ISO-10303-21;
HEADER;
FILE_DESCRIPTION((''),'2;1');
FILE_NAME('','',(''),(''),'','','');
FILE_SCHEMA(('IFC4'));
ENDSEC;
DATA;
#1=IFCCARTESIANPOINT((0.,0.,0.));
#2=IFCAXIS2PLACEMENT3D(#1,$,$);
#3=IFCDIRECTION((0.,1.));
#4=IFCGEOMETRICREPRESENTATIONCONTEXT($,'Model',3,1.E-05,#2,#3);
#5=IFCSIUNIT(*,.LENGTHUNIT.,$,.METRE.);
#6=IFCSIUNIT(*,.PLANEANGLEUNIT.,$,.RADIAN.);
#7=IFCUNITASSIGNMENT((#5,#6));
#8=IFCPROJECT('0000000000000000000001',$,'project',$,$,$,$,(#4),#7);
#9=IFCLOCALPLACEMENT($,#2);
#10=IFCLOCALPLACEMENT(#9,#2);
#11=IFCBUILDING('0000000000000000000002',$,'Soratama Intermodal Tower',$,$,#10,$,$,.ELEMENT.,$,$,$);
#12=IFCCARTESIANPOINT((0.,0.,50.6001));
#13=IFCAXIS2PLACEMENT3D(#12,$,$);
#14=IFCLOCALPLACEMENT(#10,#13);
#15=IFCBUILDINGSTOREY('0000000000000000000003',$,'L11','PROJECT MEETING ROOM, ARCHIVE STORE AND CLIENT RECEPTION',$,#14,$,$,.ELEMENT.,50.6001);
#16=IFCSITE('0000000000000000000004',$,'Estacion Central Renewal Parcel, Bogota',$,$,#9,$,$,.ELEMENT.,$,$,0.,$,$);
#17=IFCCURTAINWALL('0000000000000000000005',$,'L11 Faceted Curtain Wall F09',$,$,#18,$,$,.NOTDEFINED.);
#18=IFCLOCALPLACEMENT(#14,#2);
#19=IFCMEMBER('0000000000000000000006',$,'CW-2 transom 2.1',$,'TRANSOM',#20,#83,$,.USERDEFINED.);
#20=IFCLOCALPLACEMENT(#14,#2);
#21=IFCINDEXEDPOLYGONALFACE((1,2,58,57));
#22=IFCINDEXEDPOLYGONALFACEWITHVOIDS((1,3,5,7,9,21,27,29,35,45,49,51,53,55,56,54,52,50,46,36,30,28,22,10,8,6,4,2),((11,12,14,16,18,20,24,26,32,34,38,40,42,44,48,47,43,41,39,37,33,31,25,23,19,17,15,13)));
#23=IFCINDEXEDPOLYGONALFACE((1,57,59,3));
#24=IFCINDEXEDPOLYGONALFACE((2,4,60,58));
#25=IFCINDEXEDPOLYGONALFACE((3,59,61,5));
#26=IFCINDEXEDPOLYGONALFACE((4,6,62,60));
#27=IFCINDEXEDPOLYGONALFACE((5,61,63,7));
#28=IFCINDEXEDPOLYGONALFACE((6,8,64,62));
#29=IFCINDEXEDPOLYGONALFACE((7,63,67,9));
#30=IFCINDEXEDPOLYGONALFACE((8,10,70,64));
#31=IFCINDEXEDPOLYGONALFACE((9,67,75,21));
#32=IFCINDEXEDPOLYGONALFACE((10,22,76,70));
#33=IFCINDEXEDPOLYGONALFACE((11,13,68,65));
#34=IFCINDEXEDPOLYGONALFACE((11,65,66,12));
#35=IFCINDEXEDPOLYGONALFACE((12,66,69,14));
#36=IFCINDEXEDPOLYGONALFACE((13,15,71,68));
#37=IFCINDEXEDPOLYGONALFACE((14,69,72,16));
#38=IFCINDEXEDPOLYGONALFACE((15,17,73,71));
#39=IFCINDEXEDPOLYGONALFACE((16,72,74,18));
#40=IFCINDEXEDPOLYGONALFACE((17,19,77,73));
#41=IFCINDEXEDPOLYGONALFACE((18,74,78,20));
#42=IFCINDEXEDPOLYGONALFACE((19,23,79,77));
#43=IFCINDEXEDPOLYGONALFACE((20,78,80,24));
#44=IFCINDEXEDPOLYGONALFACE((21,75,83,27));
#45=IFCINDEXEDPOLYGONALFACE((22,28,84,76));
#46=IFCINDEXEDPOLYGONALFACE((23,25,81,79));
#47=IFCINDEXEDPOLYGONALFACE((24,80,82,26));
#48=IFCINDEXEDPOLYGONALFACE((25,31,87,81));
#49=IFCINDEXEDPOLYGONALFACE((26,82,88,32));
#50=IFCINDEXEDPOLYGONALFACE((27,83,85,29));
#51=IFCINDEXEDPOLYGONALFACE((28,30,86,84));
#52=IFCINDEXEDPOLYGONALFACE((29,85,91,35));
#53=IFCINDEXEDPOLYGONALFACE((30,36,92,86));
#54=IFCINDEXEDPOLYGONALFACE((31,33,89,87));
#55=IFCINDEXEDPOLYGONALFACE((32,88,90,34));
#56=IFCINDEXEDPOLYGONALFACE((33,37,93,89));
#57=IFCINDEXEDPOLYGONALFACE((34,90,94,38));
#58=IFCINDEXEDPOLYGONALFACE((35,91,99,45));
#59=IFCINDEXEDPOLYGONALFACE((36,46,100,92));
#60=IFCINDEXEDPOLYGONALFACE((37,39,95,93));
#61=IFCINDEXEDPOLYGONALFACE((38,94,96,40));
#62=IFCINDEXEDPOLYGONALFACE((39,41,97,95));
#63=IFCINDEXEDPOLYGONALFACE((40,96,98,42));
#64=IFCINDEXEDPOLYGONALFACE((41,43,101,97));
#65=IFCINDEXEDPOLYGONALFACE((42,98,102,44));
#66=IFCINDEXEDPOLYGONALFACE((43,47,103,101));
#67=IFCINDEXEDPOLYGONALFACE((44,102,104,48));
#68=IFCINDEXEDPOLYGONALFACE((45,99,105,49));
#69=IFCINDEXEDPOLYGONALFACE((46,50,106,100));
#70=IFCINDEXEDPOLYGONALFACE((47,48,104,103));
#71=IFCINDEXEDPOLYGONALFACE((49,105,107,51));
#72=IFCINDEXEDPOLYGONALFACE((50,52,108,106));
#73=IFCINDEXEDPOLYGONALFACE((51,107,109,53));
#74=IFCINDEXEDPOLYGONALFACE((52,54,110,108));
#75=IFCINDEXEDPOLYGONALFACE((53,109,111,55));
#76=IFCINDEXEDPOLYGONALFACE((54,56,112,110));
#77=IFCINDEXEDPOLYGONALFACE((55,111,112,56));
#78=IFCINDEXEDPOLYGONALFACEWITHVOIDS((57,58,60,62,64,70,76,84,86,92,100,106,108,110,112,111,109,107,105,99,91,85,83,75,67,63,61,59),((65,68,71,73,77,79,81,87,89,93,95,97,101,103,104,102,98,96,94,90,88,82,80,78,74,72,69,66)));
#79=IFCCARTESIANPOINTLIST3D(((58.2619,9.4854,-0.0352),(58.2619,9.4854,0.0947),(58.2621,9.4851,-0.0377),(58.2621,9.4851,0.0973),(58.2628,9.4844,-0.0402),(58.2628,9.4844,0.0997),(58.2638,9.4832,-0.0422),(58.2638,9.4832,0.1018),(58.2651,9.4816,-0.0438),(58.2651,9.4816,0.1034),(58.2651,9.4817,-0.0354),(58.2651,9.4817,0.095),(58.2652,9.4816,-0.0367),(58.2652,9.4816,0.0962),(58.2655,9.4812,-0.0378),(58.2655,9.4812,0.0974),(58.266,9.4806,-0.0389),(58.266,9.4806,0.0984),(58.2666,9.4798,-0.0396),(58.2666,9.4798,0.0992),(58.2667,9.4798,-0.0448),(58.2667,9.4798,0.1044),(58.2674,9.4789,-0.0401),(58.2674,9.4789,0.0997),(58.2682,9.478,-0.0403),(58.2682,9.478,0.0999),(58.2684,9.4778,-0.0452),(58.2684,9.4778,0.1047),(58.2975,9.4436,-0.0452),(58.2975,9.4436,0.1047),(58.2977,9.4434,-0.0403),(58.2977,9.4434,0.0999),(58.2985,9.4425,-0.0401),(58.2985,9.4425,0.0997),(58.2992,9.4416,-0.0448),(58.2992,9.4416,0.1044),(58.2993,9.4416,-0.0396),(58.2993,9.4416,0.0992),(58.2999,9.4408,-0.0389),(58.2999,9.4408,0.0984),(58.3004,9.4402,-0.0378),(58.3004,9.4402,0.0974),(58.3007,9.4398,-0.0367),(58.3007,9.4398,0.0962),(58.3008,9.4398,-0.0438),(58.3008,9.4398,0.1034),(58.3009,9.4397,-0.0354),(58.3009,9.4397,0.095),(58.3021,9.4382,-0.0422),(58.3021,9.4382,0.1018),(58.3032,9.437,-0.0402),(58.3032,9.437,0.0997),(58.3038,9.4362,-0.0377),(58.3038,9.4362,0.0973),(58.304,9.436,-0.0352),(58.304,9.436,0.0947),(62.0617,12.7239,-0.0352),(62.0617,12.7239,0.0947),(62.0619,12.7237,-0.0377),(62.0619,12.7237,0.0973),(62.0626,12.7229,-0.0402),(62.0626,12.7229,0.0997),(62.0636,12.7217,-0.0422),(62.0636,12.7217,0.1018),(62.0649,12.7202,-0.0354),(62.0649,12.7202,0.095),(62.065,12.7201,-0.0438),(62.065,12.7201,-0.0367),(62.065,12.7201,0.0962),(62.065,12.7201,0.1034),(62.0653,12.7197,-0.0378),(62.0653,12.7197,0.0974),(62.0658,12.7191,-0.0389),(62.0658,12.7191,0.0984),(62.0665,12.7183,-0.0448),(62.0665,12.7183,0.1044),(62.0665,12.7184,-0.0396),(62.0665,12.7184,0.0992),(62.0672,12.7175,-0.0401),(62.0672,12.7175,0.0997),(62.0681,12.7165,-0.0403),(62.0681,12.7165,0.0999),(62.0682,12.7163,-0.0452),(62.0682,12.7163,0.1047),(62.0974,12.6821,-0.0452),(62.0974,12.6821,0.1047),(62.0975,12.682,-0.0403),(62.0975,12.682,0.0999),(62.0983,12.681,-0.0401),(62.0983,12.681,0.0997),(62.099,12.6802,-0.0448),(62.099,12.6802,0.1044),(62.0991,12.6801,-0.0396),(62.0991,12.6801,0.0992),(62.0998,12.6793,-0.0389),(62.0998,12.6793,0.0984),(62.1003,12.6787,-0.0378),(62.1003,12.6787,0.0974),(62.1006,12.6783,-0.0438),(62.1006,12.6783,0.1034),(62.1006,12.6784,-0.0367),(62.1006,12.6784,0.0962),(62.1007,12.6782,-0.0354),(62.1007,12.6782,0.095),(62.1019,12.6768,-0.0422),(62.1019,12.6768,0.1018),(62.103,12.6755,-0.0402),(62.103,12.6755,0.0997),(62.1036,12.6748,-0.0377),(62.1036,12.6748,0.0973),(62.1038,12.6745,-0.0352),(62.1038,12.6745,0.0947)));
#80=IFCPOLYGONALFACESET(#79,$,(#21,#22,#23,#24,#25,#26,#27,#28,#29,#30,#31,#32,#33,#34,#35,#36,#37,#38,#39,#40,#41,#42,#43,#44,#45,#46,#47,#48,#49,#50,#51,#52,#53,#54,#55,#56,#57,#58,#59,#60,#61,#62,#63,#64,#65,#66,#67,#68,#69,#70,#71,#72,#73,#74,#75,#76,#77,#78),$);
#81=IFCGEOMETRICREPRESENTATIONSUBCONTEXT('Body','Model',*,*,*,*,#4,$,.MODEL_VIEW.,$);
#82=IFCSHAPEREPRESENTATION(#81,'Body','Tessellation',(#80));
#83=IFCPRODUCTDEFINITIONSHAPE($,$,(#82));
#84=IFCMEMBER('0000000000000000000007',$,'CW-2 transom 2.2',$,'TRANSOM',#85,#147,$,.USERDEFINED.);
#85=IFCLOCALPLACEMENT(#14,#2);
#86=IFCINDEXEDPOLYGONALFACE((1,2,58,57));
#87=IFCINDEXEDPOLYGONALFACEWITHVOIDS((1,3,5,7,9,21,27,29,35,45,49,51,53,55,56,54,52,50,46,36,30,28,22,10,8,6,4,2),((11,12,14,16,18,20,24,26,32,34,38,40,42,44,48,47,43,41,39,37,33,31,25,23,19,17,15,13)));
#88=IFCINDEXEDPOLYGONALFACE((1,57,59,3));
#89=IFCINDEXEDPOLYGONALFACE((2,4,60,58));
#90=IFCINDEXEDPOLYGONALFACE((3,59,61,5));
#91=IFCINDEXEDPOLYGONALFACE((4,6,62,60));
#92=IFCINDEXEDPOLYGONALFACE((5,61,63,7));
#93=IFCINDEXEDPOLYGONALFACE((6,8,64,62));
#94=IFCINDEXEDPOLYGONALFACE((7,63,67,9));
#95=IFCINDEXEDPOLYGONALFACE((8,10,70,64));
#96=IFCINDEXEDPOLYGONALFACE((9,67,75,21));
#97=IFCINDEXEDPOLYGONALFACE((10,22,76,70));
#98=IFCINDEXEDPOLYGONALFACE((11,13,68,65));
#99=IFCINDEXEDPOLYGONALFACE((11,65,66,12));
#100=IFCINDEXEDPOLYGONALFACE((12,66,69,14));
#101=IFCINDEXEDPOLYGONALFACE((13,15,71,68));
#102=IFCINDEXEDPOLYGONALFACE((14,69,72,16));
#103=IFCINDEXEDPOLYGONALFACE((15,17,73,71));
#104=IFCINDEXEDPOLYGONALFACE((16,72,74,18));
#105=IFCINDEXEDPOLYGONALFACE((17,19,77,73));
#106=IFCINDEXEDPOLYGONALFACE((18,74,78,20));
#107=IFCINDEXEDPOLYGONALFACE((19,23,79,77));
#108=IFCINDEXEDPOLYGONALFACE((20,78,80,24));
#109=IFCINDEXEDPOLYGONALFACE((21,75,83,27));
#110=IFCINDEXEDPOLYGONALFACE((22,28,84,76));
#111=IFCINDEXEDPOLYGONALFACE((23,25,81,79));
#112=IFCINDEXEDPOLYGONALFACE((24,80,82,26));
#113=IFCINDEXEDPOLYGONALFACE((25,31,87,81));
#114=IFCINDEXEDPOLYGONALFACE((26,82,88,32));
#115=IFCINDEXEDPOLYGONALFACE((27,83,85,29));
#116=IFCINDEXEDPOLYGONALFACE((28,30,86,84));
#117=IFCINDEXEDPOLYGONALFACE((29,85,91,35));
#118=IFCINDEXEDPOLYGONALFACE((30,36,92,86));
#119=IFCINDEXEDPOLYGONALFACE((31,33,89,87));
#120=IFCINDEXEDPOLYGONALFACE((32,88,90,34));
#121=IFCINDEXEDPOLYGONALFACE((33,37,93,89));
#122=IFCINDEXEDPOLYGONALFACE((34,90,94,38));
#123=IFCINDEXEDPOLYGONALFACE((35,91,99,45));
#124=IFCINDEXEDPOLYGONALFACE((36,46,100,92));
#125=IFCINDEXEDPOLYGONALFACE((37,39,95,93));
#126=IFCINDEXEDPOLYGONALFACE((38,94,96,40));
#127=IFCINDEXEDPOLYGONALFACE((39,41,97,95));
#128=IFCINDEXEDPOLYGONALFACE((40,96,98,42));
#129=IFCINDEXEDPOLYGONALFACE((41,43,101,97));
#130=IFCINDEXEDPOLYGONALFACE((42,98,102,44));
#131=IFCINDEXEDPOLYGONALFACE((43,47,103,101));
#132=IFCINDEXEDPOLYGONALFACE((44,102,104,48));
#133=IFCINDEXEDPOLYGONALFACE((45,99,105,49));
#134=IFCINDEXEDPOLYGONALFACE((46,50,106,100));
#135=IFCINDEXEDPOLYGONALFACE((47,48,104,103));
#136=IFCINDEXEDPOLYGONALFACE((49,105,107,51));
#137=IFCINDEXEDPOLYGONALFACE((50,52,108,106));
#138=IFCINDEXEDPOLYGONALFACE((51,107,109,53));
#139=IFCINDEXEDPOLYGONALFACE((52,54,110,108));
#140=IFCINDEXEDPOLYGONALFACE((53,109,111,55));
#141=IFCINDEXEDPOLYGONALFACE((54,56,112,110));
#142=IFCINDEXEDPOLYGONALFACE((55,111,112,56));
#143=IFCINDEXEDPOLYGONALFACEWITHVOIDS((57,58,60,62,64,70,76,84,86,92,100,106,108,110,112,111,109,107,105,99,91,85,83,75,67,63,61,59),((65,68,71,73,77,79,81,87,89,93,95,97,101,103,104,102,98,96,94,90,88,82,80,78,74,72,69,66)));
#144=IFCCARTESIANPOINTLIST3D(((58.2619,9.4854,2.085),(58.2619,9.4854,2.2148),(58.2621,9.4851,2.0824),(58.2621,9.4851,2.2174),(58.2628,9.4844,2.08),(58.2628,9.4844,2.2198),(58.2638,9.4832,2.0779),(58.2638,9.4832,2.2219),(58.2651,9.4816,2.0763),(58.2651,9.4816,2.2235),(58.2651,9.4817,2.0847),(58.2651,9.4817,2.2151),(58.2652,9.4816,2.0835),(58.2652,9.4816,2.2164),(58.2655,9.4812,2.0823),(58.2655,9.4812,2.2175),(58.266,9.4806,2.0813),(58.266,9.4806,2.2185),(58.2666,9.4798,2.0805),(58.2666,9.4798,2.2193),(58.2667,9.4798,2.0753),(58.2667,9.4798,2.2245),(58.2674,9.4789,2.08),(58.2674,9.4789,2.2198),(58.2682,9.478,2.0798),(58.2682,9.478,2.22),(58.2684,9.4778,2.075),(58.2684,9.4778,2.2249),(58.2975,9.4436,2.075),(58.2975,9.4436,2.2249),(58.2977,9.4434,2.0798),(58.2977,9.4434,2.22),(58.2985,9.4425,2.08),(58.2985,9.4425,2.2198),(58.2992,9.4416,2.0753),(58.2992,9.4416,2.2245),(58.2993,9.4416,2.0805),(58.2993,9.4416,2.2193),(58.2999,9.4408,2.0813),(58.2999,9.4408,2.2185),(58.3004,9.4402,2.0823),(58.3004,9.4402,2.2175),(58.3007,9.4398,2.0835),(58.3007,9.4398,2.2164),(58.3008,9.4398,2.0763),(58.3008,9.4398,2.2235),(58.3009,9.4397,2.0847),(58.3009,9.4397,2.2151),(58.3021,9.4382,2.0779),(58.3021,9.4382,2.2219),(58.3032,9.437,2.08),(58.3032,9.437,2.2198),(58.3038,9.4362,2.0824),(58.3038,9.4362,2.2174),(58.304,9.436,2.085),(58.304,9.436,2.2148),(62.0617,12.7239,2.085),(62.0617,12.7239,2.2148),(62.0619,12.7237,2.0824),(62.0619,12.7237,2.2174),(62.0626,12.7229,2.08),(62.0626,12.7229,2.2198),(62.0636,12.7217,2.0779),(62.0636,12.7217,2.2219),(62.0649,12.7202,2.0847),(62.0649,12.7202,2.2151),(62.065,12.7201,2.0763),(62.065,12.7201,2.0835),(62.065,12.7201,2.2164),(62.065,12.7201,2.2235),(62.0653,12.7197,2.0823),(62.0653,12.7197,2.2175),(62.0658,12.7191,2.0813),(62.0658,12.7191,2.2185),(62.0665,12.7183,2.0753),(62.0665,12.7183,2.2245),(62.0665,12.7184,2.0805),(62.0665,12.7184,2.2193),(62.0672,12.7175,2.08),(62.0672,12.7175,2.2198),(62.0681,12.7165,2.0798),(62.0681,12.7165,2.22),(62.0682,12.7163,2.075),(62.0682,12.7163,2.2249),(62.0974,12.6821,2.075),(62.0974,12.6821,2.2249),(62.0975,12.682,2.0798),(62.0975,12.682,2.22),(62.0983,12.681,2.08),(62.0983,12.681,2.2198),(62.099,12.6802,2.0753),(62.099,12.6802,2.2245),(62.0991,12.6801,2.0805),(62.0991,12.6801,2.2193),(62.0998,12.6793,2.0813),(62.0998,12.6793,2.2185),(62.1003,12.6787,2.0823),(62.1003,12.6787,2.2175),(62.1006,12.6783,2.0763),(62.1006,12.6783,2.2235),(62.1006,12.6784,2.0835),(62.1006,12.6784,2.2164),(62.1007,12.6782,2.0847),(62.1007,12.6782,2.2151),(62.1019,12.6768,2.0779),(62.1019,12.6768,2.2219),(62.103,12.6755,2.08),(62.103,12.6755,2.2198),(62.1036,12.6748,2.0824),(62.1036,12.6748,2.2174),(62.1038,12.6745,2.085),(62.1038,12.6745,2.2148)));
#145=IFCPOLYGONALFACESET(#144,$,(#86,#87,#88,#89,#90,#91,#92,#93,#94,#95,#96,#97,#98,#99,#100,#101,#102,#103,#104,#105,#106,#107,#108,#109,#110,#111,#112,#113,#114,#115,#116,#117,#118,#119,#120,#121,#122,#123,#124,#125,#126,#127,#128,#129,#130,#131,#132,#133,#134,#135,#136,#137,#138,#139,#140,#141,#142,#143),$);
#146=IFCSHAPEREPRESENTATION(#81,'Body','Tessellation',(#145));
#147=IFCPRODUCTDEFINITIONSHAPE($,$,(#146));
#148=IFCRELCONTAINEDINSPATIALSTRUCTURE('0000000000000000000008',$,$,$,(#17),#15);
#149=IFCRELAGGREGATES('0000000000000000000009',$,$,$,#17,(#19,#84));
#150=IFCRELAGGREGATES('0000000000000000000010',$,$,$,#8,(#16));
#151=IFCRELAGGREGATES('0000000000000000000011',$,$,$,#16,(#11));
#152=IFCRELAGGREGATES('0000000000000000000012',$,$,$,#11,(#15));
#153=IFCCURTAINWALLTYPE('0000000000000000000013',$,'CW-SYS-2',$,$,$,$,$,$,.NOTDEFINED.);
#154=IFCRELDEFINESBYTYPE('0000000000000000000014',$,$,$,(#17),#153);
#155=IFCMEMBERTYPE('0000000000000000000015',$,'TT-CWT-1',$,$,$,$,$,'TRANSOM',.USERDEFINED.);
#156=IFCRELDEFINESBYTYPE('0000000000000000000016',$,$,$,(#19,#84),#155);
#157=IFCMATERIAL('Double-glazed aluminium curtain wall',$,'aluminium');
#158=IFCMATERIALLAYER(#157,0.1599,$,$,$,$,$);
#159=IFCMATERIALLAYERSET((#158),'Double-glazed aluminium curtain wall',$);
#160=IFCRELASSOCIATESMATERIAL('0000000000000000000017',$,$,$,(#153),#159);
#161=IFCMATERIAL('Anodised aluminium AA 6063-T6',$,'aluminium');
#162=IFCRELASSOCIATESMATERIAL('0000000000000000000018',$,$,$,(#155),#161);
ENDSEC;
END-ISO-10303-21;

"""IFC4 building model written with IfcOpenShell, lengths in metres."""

from ifc_helpers import new_model, si_unit, direction, frame, origin, origin_2d, place, context, subcontext, project, spatial, hollow_rectangle, extrude, material, layer, layer_set, material_profile, profile_set, type_object, element, aggregate, save


model = new_model("IFC4")

# Units and contexts
model_context = context("Model", 3, precision=1e-05, world=origin(), true_north=direction((0.0, 1.0)))
body_context = subcontext(model_context, "Body", "Model", "MODEL_VIEW")
ifc_project = project(units=[si_unit("LENGTHUNIT", "METRE"), si_unit("PLANEANGLEUNIT", "RADIAN")], contexts=[model_context])

# Site, building, storey
site_placement = place(None, origin())
site = spatial("IfcSite", under=ifc_project, at=site_placement, Name="Estacion Central Renewal Parcel, Bogota", CompositionType="ELEMENT", RefElevation=0.0)
building_placement = place(site_placement, origin())
building = spatial("IfcBuilding", under=site, at=building_placement, Name="Soratama Intermodal Tower", CompositionType="ELEMENT")
storey_placement = place(building_placement, frame((0.0, 0.0, 50.6001)))
storey = spatial("IfcBuildingStorey", under=building, at=storey_placement, Name="L11", Description="PROJECT MEETING ROOM, ARCHIVE STORE AND CLIENT RECEPTION", CompositionType="ELEMENT", Elevation=50.6001)

# Curtain wall, members
ifc_material_1 = material(Name="Double-glazed aluminium curtain wall", Category="aluminium")
ifc_layer_1 = layer(ifc_material_1, 0.1599)
ifc_layer_set_1 = layer_set([ifc_layer_1], Name="Double-glazed aluminium curtain wall")
curtain_wall_type = type_object("IfcCurtainWallType", Name="CW-SYS-2", PredefinedType="NOTDEFINED", material=ifc_layer_set_1)
curtain_wall_placement = place(storey_placement, origin())
curtain_wall = element("IfcCurtainWall", 1, at=curtain_wall_placement, inside=storey, type_object=curtain_wall_type, Name="L11 Faceted Curtain Wall F09", PredefinedType="NOTDEFINED")
ifc_material_2 = material(Name="Anodised aluminium AA 6063-T6", Category="aluminium")
ifc_material_profile_1 = material_profile(ifc_material_2, hollow_rectangle(XDim=0.0649, YDim=0.1499, WallThickness=0.0049, InnerFilletRadius=0.0049, OuterFilletRadius=0.01, at=origin_2d()), Name="CWT150X65X5")
ifc_profile_set_1 = profile_set([ifc_material_profile_1], Name="Anodised aluminium AA 6063-T6")
member_type_1 = type_object("IfcMemberType", Name="TT-CWT-1", ElementType="TRANSOM", PredefinedType="USERDEFINED", material=ifc_profile_set_1)
member_1_placement = place(storey_placement, frame((58.283, 9.4607, 0.0298), z_axis=(0.76108, 0.648658, 0.0), x_axis=(-0.648658, 0.76108, 0.0)))
member_1 = element("IfcMember", 2, at=member_1_placement, type_object=member_type_1, Name="CW-2 transom 2.1", ObjectType="TRANSOM", PredefinedType="USERDEFINED", context=body_context, shape_type="SweptSolid", body=[
    extrude(hollow_rectangle(XDim=0.0649, YDim=0.1499, WallThickness=0.0049, InnerFilletRadius=0.0049, OuterFilletRadius=0.01, at=origin_2d()), origin(), (0.0, 0.0, 1.0), 4.9927),
])
member_2_placement = place(storey_placement, frame((58.283, 9.4607, 2.1499), z_axis=(0.76108, 0.648658, 0.0), x_axis=(-0.648658, 0.76108, 0.0)))
member_2 = element("IfcMember", 3, at=member_2_placement, type_object=member_type_1, Name="CW-2 transom 2.2", ObjectType="TRANSOM", PredefinedType="USERDEFINED", context=body_context, shape_type="SweptSolid", body=[
    extrude(hollow_rectangle(XDim=0.0649, YDim=0.1499, WallThickness=0.0049, InnerFilletRadius=0.0049, OuterFilletRadius=0.01, at=origin_2d()), origin(), (0.0, 0.0, 1.0), 4.9927),
])
aggregate(curtain_wall, [member_1, member_2])

save(model, "model.ifc")
